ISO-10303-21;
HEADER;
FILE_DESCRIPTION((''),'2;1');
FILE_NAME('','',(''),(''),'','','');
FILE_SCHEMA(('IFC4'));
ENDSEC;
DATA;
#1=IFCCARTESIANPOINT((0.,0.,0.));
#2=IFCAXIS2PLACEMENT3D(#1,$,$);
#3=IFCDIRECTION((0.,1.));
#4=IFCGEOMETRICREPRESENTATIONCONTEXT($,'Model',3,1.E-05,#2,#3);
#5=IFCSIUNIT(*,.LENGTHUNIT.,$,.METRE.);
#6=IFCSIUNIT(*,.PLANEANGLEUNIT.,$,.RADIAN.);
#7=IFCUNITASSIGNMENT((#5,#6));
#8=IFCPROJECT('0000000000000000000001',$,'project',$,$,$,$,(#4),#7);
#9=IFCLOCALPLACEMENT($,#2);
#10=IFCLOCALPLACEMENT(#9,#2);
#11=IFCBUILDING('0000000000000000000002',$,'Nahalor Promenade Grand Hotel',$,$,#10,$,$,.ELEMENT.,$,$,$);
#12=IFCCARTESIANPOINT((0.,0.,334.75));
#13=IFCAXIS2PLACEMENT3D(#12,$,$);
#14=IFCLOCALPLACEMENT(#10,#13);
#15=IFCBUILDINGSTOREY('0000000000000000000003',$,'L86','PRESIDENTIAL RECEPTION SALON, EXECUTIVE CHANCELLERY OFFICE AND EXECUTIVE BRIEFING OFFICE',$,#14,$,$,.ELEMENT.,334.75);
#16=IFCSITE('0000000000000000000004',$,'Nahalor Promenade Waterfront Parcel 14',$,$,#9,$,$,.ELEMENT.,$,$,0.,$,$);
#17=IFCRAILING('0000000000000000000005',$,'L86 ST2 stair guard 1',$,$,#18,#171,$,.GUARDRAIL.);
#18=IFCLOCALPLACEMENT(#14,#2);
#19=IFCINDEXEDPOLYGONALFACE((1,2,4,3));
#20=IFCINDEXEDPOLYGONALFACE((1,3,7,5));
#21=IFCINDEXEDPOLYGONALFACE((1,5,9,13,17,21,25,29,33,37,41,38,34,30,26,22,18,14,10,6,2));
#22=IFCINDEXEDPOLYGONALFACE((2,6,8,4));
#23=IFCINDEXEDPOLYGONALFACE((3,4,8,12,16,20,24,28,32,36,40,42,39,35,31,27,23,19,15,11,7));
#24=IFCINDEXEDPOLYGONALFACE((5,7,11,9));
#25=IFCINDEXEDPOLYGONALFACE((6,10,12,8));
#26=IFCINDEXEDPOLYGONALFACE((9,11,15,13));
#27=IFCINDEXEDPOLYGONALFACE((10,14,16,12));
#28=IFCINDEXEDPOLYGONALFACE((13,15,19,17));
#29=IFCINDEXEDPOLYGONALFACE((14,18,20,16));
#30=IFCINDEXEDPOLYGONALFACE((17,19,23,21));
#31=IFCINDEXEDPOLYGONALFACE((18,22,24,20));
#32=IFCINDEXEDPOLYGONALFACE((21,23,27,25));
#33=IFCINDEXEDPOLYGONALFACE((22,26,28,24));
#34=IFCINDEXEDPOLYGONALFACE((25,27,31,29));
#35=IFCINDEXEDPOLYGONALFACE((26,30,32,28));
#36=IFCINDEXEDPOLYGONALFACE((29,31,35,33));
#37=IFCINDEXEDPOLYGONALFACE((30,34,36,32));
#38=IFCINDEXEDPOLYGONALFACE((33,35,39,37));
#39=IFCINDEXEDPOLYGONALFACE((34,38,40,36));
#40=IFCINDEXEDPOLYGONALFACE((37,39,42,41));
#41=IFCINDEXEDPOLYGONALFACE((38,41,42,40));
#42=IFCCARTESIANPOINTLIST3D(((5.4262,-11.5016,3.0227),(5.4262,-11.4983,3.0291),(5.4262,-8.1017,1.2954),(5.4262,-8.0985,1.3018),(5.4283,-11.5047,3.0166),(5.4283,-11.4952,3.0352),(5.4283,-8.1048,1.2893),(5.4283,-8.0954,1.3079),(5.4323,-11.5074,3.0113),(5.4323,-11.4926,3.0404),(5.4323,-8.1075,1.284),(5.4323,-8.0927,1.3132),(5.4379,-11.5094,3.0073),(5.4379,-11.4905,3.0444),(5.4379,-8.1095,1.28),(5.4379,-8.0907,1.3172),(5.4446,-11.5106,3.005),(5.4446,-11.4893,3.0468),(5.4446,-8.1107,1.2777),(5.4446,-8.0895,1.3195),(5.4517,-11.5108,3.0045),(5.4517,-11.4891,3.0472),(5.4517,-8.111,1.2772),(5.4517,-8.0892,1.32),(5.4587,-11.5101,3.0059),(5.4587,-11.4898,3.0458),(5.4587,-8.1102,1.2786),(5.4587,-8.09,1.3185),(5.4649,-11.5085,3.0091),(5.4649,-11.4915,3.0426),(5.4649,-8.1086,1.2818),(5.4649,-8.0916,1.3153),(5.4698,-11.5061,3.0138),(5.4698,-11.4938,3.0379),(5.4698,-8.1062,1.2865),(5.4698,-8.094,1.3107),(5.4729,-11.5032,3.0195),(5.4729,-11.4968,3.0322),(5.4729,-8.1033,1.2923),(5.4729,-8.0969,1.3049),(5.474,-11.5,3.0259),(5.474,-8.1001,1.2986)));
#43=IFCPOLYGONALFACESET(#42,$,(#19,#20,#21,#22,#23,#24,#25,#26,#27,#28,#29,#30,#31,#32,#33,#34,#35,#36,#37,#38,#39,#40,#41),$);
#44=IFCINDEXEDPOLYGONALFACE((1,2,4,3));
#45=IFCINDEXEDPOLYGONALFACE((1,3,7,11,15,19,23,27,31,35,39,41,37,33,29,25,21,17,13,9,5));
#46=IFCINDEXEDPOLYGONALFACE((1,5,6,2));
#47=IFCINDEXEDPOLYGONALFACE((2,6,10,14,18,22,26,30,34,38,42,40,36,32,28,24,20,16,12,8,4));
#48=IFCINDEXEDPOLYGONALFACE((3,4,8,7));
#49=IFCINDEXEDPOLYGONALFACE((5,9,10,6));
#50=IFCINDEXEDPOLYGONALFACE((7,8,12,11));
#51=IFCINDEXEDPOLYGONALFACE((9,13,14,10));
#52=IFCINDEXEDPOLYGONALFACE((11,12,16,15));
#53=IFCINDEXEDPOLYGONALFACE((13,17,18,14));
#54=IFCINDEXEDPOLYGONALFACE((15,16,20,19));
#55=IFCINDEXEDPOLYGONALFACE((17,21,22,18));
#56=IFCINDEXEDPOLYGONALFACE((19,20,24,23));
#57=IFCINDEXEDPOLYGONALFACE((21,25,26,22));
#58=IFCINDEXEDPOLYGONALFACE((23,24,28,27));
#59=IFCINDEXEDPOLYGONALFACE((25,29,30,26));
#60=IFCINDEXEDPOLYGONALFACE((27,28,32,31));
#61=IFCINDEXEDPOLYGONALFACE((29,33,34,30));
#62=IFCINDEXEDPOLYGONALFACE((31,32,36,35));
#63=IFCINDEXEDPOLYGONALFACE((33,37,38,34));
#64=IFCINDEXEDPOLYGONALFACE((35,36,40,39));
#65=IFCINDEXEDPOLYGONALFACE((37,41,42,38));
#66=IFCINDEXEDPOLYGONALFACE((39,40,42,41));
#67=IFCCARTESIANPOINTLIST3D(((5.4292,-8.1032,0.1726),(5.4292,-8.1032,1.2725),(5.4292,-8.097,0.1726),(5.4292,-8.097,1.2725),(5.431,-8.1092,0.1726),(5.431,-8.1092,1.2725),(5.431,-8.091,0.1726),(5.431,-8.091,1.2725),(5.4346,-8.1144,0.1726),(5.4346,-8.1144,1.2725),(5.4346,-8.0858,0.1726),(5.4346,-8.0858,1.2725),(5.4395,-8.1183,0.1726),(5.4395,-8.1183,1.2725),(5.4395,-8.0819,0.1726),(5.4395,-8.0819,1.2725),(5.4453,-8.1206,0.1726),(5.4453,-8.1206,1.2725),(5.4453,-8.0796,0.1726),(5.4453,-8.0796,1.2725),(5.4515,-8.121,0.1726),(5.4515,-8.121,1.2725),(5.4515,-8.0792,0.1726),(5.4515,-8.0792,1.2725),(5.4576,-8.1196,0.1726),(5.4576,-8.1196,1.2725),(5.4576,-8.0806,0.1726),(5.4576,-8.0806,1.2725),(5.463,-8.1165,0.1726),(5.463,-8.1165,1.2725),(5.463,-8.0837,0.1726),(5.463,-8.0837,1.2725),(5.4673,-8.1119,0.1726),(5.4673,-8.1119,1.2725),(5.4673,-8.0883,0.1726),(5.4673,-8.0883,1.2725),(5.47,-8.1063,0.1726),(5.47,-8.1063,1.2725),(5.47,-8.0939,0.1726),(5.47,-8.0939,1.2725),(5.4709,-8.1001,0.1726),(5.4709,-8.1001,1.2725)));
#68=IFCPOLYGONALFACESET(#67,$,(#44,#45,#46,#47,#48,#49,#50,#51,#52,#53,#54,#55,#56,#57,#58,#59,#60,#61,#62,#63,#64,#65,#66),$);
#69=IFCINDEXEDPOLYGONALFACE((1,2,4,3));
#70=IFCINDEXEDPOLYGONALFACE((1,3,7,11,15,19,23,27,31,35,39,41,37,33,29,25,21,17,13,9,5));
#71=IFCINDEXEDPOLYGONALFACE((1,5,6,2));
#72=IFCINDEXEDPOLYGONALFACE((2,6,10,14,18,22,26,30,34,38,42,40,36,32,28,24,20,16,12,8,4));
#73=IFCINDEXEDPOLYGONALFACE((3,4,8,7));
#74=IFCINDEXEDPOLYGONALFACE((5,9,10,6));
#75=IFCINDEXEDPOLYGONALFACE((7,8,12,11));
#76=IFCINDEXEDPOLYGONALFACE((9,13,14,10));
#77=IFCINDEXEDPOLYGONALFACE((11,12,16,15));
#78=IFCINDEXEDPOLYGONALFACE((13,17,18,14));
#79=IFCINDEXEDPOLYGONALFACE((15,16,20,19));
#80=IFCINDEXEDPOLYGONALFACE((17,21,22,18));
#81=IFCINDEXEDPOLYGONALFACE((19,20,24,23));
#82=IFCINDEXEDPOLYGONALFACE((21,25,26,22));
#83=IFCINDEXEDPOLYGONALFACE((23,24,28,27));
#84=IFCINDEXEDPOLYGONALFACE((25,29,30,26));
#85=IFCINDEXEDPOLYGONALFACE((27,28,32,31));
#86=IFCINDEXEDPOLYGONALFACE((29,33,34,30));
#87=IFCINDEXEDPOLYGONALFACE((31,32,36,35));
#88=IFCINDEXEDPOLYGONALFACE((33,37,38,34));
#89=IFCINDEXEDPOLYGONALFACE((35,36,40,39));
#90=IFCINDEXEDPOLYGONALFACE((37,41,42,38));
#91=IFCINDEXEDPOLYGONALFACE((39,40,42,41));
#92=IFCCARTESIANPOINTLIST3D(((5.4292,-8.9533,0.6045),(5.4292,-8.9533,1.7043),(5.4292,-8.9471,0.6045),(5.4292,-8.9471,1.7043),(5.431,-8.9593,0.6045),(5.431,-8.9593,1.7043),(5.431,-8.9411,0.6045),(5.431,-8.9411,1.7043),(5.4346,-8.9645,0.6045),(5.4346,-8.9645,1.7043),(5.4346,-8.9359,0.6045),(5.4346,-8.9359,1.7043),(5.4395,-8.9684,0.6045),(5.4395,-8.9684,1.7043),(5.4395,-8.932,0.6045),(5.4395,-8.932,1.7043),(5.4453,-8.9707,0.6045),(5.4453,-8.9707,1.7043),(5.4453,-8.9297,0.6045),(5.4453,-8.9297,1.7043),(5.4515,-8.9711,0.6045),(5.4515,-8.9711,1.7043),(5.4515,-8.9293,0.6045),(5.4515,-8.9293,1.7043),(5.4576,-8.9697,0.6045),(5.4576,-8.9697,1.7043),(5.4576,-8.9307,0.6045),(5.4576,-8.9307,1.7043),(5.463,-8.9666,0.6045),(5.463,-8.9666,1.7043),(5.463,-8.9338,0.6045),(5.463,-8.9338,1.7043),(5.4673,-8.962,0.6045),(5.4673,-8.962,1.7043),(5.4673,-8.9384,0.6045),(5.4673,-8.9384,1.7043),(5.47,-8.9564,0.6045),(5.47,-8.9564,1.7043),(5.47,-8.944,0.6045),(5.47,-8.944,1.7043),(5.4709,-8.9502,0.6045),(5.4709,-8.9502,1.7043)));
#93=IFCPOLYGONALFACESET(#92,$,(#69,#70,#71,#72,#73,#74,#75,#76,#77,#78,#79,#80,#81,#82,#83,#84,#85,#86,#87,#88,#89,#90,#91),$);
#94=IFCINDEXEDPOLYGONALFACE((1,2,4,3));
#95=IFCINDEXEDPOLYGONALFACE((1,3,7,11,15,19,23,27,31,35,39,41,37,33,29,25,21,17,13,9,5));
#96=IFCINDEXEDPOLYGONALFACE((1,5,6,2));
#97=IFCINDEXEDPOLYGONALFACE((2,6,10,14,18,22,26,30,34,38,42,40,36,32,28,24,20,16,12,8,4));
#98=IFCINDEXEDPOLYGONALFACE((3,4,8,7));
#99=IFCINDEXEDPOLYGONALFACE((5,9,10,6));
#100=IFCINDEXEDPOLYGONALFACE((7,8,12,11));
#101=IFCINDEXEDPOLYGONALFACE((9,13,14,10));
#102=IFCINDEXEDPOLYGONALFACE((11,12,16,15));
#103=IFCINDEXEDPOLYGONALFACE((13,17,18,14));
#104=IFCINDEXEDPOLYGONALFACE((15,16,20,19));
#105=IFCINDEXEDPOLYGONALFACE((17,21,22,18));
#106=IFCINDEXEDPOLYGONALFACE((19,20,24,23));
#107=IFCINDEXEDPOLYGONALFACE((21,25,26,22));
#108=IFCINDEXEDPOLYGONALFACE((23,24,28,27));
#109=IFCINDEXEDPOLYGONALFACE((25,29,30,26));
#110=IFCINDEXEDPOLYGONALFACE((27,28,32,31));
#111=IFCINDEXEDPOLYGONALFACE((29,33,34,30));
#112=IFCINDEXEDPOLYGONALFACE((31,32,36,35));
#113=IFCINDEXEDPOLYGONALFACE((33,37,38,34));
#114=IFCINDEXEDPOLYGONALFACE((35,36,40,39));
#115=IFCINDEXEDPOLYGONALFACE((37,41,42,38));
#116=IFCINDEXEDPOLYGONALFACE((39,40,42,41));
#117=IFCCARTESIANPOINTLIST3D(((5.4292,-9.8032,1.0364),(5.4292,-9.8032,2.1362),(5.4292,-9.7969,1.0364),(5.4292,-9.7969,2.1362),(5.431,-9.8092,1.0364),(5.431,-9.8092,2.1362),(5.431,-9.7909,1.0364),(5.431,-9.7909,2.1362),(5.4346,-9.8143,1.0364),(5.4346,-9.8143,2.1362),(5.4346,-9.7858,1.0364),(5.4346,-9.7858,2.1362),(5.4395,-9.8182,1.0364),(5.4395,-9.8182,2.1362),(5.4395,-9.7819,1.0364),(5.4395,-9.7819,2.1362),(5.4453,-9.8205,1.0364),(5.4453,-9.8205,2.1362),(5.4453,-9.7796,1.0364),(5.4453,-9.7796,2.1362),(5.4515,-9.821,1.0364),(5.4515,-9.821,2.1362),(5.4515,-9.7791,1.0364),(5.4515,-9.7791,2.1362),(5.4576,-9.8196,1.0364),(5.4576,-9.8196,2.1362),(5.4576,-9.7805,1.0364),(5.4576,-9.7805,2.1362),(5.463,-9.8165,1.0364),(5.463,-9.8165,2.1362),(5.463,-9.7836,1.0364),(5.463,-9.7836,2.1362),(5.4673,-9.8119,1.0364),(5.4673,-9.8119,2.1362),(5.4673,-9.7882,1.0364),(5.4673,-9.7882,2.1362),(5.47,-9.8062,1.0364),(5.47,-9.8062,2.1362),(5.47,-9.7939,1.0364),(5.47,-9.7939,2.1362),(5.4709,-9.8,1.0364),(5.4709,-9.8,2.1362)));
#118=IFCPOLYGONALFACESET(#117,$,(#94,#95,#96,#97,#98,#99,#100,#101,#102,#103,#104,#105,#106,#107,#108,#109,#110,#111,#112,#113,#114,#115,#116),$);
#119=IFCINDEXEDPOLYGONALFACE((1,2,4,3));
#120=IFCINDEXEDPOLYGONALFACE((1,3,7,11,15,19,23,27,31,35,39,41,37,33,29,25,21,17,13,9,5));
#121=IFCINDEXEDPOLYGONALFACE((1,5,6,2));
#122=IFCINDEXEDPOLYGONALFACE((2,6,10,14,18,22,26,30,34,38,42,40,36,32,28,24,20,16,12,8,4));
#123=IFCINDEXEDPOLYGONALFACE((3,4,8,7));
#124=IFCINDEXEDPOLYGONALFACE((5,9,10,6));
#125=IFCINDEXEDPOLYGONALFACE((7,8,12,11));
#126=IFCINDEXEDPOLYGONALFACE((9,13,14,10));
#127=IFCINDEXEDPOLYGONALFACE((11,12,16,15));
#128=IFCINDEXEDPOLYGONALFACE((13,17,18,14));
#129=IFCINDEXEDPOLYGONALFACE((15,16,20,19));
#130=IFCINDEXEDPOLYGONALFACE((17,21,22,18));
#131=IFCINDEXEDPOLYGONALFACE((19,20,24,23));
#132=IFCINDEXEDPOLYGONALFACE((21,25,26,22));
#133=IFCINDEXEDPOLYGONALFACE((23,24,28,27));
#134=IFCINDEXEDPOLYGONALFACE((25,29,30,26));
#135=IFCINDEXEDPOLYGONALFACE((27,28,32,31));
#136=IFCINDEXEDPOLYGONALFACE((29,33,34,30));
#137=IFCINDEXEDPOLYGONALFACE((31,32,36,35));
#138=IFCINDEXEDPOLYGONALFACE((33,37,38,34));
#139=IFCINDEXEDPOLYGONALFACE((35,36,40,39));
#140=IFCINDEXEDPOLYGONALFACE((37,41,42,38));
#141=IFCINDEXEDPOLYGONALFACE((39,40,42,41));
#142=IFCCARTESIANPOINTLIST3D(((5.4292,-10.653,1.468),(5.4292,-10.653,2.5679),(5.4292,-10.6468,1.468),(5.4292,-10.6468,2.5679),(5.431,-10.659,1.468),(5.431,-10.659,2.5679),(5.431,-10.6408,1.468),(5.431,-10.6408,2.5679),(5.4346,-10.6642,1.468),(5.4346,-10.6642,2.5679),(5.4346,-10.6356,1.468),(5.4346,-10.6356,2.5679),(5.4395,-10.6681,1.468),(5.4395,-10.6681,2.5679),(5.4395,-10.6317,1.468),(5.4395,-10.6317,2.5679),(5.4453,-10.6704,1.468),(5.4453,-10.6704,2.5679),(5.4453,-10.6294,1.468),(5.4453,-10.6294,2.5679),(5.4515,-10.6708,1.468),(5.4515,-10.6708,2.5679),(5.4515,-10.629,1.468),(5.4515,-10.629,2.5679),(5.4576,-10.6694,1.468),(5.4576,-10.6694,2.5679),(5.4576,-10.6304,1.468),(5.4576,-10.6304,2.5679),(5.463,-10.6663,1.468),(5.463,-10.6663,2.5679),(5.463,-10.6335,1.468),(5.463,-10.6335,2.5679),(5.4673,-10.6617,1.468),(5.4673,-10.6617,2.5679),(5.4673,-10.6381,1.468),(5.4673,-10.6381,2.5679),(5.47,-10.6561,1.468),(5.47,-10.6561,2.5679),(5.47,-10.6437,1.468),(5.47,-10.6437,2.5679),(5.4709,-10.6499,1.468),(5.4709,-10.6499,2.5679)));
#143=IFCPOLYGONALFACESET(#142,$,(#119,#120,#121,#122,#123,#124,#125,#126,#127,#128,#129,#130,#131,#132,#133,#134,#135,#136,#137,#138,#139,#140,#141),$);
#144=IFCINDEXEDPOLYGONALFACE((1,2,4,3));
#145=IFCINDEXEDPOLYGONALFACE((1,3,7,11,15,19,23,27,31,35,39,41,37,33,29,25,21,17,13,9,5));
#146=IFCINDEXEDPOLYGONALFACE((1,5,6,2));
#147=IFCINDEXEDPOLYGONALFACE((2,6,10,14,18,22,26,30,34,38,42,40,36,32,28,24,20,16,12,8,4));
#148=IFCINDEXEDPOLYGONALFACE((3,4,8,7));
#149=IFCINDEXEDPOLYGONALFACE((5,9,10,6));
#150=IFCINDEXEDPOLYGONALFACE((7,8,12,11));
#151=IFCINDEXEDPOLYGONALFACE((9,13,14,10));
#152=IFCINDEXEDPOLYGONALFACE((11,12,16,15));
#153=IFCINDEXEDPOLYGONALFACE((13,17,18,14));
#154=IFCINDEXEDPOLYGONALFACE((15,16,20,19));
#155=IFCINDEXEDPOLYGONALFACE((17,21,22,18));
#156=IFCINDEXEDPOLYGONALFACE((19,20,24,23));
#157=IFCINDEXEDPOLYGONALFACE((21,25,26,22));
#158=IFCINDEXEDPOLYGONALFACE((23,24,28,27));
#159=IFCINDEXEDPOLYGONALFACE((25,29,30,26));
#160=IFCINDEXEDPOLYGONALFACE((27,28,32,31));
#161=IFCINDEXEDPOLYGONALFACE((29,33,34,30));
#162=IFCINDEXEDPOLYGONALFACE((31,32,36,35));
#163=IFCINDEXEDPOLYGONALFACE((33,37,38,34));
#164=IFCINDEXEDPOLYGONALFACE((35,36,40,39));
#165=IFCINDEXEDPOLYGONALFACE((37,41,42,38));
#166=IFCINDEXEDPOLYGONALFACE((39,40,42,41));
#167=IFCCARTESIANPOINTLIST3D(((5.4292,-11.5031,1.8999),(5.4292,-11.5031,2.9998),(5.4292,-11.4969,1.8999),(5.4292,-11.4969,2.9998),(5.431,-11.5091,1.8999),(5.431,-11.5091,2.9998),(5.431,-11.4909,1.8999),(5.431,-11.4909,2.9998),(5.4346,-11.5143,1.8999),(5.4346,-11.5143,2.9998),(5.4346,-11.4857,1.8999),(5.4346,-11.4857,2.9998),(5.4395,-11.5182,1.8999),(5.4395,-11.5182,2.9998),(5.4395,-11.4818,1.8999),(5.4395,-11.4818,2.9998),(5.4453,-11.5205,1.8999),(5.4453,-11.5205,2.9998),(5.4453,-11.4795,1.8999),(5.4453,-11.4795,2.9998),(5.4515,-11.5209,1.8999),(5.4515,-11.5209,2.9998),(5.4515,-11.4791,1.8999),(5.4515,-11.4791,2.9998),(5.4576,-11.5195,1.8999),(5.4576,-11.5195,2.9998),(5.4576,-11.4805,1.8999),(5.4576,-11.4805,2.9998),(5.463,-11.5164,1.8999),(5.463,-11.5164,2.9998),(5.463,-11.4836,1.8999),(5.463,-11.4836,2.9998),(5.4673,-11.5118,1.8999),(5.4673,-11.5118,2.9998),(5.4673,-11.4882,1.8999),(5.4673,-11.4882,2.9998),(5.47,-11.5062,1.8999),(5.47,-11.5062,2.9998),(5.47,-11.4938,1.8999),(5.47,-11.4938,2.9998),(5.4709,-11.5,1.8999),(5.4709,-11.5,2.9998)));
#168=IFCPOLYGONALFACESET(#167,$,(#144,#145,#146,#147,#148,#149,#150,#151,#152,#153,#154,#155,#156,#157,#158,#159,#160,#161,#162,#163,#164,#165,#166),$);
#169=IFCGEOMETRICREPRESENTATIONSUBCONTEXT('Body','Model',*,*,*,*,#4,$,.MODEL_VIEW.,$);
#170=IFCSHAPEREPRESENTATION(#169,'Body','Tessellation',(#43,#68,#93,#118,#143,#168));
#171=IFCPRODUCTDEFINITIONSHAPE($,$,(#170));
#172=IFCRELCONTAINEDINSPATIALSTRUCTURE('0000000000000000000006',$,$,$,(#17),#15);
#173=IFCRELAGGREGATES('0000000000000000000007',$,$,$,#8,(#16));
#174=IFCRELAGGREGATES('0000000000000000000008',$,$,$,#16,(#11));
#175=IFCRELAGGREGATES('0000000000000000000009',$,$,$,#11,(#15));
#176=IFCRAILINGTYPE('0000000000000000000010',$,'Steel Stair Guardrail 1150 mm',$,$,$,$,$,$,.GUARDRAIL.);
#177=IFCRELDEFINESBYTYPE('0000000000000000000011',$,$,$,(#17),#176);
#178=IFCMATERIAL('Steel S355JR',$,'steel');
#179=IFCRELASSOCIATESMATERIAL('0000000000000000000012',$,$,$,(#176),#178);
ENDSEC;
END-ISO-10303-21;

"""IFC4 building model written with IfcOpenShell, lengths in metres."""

from ifc_helpers import new_model, si_unit, direction, frame, origin, origin_2d, place, context, subcontext, project, spatial, circle, extrude, material, type_object, element, save


model = new_model("IFC4")

# Units and contexts
model_context = context("Model", 3, precision=1e-05, world=origin(), true_north=direction((0.0, 1.0)))
body_context = subcontext(model_context, "Body", "Model", "MODEL_VIEW")
ifc_project = project(units=[si_unit("LENGTHUNIT", "METRE"), si_unit("PLANEANGLEUNIT", "RADIAN")], contexts=[model_context])

# Site, building, storey
site_placement = place(None, origin())
site = spatial("IfcSite", under=ifc_project, at=site_placement, Name="Nahalor Promenade Waterfront Parcel 14", CompositionType="ELEMENT", RefElevation=0.0)
building_placement = place(site_placement, origin())
building = spatial("IfcBuilding", under=site, at=building_placement, Name="Nahalor Promenade Grand Hotel", CompositionType="ELEMENT")
storey_placement = place(building_placement, frame((0.0, 0.0, 334.75)))
storey = spatial("IfcBuildingStorey", under=building, at=storey_placement, Name="L86", Description="PRESIDENTIAL RECEPTION SALON, EXECUTIVE CHANCELLERY OFFICE AND EXECUTIVE BRIEFING OFFICE", CompositionType="ELEMENT", Elevation=334.75)

# Shared definitions
ifc_material_1 = material(Name="Steel S355JR", Category="steel")

# Railing
railing_type_1 = type_object("IfcRailingType", Name="Steel Stair Guardrail 1150 mm", PredefinedType="GUARDRAIL", material=ifc_material_1)
railing_1_placement = place(storey_placement, frame((5.45, -8.1001, 0.1726)))
element("IfcRailing", 1, at=railing_1_placement, inside=storey, type_object=railing_type_1, Name="L86 ST2 stair guard 1", PredefinedType="GUARDRAIL", context=body_context, shape_type="SweptSolid", body=[
    extrude(circle(Radius=0.024, at=origin_2d()), frame((0.0, 0.0, 1.126), z_axis=(0.0, -0.891541, 0.452941), x_axis=(1.0, 0.0, 0.0)), (0.0, 0.0, 1.0), 3.8135),
    extrude(circle(Radius=0.021, at=origin_2d()), origin(), (0.0, 0.0, 1.0), 1.0999),
    extrude(circle(Radius=0.021, at=origin_2d()), frame((0.0, -0.8501, 0.4319)), (0.0, 0.0, 1.0), 1.0999),
    extrude(circle(Radius=0.021, at=origin_2d()), frame((0.0, -1.7, 0.8638)), (0.0, 0.0, 1.0), 1.0999),
    extrude(circle(Radius=0.021, at=origin_2d()), frame((0.0, -2.5498, 1.2954)), (0.0, 0.0, 1.0), 1.0999),
    extrude(circle(Radius=0.021, at=origin_2d()), frame((0.0, -3.3999, 1.7273)), (0.0, 0.0, 1.0), 1.0999),
])

save(model, "model.ifc")
